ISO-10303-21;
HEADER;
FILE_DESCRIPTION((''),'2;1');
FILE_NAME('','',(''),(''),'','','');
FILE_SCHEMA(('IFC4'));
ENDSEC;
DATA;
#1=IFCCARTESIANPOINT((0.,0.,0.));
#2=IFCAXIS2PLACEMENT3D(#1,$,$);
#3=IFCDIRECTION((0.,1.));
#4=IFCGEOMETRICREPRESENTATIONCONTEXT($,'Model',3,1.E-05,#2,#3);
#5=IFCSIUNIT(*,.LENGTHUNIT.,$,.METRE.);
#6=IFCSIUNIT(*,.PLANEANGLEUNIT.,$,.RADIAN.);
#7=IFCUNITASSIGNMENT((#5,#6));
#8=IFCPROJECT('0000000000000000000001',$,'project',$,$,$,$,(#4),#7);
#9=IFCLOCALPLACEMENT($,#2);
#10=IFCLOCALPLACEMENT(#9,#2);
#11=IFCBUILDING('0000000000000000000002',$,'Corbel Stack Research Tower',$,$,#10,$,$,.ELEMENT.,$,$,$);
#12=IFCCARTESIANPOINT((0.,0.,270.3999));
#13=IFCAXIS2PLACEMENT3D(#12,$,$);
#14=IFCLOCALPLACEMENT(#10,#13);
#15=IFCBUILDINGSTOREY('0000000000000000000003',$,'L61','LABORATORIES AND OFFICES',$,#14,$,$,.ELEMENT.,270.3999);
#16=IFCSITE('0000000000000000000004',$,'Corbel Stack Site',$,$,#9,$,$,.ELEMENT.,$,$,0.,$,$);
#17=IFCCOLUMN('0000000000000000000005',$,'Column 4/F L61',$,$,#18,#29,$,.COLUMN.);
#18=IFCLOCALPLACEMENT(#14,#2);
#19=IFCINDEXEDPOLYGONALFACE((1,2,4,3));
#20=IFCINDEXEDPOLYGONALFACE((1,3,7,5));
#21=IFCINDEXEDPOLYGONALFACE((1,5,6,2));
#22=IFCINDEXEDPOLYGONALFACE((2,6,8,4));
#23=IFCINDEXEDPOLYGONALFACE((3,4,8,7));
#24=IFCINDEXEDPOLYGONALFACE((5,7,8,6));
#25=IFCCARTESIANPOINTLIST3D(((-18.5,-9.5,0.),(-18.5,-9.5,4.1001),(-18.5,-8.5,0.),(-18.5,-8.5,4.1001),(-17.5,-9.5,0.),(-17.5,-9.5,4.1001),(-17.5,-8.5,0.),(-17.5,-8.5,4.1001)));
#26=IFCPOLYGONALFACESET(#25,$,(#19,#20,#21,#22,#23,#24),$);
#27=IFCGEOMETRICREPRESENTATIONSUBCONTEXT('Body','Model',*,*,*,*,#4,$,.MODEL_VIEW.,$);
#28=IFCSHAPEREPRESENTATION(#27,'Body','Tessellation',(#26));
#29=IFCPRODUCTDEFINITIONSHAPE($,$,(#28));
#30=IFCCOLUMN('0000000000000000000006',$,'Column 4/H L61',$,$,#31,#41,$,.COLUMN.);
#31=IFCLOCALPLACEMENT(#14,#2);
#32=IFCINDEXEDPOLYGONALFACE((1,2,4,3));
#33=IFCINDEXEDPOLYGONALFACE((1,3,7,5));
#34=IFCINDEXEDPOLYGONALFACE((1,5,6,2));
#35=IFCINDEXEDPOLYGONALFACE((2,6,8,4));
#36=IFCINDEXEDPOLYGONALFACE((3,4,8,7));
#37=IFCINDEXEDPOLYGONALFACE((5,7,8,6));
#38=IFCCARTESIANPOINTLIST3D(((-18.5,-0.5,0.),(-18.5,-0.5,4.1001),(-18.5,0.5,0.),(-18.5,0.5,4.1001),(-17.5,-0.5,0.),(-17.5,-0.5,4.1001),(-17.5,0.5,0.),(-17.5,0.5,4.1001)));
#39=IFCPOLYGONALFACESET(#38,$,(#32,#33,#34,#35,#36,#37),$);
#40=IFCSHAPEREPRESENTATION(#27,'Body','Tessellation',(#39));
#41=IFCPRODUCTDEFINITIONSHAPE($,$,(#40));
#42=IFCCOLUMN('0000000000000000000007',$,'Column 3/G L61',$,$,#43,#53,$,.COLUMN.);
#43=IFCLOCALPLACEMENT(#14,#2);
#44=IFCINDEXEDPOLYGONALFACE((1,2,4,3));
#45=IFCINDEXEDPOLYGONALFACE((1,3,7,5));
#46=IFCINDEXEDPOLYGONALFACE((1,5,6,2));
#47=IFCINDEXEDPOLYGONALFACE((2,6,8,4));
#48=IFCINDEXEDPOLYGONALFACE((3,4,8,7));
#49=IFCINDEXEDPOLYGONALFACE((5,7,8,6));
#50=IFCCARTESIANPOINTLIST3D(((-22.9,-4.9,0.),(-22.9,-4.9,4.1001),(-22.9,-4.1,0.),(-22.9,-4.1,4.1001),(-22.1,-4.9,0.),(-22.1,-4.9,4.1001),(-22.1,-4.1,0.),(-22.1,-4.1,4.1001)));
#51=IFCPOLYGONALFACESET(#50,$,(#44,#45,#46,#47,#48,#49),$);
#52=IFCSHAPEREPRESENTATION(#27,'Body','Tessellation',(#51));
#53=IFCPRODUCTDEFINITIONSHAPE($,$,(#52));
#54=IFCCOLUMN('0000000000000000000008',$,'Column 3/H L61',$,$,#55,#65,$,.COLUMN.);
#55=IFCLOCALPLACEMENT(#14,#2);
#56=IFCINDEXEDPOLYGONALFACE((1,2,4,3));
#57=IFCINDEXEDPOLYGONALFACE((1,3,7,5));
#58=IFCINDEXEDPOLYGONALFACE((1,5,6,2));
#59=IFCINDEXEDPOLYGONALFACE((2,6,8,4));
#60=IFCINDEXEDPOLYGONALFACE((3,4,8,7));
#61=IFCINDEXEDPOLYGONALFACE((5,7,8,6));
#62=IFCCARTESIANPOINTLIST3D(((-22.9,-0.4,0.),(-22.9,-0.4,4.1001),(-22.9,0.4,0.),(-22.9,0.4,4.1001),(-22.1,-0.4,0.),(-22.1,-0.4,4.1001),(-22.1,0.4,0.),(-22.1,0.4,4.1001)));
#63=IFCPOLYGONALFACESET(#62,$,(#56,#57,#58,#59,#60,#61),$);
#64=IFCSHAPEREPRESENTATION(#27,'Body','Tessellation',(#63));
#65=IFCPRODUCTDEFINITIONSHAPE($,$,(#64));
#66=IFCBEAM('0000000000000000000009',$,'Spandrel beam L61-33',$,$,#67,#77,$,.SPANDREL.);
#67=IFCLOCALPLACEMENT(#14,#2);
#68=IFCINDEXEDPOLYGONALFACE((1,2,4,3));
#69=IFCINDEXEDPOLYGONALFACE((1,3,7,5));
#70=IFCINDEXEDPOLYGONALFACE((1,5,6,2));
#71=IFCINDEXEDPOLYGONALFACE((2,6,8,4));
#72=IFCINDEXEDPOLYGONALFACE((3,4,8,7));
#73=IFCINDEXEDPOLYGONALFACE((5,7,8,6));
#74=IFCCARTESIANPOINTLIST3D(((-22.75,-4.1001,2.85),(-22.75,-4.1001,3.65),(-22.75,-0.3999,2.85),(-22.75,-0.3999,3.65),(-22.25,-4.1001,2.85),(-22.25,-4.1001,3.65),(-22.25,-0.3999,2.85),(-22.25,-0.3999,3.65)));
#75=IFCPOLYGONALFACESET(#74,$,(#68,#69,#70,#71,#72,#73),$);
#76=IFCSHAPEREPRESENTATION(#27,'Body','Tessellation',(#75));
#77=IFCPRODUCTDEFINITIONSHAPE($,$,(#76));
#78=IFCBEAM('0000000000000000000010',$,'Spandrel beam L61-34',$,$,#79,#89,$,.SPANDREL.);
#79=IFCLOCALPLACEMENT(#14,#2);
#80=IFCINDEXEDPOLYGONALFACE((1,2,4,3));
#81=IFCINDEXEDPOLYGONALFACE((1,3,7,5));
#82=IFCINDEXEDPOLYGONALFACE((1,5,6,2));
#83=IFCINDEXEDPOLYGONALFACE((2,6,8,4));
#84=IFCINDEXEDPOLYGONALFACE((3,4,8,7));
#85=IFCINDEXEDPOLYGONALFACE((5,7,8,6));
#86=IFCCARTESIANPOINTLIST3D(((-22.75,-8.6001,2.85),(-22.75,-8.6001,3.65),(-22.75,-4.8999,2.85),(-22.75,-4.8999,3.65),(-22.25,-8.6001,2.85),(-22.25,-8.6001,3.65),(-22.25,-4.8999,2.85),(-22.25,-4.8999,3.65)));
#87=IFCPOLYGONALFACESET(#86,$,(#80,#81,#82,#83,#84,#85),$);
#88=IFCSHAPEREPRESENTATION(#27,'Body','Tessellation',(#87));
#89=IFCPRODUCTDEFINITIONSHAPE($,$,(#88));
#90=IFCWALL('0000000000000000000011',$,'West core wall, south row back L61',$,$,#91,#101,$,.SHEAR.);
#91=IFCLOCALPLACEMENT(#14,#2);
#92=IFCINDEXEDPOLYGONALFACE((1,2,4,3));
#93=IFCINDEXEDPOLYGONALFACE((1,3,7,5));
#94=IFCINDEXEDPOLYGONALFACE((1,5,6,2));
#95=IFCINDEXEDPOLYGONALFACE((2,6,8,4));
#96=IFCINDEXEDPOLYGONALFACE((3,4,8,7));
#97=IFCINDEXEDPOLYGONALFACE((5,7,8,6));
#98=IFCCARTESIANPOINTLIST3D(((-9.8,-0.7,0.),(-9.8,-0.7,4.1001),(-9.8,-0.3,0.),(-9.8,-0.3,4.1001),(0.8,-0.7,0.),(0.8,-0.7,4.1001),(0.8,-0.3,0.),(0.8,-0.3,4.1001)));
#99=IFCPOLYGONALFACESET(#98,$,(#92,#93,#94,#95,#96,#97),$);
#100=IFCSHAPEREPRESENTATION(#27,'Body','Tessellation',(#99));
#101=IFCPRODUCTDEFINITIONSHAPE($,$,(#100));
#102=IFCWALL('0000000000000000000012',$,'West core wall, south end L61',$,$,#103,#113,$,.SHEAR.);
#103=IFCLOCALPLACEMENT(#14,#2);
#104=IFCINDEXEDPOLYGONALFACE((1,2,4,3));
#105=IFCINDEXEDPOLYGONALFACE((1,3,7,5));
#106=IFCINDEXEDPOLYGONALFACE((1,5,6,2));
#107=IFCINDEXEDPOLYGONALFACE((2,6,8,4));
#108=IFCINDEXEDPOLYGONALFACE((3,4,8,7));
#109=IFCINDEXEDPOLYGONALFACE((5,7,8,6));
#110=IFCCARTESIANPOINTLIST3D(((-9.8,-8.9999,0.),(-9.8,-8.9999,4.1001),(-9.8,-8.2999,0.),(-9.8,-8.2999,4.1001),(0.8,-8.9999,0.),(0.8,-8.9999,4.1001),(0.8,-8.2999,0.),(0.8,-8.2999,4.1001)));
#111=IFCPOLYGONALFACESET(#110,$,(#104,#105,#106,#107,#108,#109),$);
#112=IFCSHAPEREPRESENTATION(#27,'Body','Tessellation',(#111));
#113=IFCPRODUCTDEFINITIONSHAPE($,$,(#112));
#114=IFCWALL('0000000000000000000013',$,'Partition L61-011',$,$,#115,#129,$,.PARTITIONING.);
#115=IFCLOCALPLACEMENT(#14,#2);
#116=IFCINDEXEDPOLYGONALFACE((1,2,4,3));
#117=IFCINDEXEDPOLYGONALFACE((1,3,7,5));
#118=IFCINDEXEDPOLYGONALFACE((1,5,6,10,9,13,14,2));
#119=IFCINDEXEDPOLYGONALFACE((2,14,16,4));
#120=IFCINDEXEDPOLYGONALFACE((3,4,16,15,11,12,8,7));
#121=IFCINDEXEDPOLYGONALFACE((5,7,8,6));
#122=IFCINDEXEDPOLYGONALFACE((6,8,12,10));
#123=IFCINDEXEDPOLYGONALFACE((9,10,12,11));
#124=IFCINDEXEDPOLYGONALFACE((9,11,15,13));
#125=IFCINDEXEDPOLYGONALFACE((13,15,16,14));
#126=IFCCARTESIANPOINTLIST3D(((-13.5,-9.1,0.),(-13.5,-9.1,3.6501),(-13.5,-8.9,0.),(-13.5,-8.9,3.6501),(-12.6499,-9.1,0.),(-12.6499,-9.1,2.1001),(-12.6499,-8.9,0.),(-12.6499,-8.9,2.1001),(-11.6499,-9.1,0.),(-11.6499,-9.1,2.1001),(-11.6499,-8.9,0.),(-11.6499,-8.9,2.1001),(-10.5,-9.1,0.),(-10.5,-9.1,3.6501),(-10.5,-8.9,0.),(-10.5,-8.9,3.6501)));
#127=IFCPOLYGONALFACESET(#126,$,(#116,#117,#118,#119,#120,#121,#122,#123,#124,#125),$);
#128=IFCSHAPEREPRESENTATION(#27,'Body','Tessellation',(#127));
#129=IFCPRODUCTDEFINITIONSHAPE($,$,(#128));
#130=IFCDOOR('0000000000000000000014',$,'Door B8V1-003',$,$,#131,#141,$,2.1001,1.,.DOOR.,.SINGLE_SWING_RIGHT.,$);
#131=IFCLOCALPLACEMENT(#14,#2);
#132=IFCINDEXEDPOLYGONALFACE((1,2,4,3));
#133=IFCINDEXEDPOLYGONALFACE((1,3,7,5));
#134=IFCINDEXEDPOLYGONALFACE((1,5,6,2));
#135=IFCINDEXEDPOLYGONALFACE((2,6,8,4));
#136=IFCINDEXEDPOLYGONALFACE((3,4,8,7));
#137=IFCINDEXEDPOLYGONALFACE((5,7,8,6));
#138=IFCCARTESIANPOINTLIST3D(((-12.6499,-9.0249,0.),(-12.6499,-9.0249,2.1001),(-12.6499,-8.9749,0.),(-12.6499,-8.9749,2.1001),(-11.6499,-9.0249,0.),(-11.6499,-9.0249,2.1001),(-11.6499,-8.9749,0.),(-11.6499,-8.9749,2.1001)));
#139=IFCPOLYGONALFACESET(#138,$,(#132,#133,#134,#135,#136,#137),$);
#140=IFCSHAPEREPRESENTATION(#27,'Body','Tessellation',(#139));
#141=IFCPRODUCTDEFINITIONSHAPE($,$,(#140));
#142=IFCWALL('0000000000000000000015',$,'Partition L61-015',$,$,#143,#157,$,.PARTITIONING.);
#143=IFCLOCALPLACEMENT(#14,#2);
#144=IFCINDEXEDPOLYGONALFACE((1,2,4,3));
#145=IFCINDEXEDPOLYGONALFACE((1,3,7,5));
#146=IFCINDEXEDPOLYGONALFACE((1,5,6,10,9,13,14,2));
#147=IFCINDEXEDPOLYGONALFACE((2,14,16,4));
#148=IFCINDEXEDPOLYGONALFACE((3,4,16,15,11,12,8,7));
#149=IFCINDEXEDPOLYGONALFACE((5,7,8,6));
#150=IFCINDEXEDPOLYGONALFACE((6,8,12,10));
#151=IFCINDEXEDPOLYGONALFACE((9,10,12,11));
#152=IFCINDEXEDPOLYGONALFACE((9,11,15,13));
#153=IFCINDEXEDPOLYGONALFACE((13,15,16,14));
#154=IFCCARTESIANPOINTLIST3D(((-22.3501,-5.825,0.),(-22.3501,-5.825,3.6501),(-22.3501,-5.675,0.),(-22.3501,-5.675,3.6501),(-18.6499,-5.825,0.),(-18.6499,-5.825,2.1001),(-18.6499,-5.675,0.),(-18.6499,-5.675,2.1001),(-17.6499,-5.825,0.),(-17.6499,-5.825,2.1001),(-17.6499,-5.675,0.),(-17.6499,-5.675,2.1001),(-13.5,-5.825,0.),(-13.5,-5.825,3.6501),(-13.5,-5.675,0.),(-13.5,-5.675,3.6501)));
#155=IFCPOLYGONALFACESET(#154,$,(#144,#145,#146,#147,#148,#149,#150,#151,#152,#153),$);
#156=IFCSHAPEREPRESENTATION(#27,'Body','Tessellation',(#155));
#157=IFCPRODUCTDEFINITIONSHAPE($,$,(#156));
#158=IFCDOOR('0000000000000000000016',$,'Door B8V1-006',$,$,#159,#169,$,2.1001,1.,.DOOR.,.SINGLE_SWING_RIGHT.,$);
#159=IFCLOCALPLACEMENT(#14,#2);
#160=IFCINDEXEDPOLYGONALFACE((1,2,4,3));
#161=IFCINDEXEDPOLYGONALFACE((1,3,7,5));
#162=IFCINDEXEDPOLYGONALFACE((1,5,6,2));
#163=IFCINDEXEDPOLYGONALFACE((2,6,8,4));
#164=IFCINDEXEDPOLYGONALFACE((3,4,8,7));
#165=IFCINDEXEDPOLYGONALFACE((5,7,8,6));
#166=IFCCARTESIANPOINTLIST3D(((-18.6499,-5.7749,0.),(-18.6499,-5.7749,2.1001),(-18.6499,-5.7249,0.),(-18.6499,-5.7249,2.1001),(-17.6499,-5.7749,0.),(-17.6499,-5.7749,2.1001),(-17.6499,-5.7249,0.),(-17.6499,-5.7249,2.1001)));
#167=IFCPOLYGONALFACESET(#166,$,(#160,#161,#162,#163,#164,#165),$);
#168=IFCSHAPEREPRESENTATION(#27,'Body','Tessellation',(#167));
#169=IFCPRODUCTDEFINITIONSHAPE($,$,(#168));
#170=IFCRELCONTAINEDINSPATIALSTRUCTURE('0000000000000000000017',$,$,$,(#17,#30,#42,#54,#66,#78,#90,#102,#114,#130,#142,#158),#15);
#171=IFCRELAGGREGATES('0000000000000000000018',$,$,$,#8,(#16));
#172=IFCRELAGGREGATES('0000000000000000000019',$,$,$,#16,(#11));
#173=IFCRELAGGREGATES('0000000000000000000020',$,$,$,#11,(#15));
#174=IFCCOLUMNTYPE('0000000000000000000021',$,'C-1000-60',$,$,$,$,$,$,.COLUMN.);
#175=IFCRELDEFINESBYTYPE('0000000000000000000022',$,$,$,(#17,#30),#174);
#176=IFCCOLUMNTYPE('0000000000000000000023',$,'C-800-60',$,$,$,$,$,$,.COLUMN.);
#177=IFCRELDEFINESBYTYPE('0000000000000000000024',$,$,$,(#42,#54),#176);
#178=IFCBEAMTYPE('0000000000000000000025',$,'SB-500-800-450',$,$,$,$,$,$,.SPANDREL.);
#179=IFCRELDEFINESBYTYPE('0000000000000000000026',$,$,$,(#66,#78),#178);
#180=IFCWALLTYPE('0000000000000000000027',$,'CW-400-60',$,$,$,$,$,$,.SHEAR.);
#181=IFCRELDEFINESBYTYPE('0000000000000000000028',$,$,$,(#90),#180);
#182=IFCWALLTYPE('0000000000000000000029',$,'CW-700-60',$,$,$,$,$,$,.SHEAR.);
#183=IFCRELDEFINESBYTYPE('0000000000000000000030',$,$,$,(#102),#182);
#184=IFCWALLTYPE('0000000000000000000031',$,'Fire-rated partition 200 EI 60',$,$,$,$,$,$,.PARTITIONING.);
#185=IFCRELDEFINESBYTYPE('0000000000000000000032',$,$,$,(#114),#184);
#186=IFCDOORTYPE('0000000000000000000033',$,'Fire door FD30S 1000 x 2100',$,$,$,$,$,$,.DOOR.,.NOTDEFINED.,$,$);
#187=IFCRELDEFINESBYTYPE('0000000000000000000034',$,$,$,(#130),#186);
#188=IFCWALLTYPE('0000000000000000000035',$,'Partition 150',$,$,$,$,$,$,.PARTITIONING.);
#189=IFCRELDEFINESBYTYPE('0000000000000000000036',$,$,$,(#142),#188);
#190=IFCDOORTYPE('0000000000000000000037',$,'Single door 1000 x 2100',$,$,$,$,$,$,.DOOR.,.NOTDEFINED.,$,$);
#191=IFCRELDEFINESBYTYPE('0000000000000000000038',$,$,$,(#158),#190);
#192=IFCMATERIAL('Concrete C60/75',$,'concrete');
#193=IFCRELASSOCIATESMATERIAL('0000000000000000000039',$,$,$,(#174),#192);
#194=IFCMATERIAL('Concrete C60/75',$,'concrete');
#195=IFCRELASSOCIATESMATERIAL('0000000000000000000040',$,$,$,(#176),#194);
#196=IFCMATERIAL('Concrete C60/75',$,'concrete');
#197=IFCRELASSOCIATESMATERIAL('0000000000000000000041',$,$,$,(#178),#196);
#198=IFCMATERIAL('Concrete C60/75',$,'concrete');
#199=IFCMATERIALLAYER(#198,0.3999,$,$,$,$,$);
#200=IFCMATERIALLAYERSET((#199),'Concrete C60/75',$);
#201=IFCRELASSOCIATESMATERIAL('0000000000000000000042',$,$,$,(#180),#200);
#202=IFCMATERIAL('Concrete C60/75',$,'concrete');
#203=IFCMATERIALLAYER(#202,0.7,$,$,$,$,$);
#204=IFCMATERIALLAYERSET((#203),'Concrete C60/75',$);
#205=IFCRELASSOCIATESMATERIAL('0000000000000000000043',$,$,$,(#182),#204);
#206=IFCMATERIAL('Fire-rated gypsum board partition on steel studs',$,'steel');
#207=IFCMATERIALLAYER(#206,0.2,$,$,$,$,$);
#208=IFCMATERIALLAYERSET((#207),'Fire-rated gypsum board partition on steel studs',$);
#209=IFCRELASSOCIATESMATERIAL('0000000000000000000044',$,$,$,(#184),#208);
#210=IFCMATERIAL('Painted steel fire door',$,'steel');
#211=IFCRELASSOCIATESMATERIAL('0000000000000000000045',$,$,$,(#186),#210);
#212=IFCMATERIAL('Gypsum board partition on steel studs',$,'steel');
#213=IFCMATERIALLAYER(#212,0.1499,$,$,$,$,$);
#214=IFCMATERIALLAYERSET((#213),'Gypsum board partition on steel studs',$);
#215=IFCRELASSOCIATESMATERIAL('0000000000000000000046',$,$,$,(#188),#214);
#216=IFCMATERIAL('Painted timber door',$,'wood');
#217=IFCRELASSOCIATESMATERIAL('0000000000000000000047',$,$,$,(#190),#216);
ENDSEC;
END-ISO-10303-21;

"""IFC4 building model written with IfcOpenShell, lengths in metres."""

from ifc_helpers import new_model, si_unit, direction, frame, frame_2d, origin, origin_2d, place, context, subcontext, project, spatial, rectangle, extrude, material, layer, layer_set, material_profile, profile_set, type_object, element, fill, save


model = new_model("IFC4")

# Units and contexts
model_context = context("Model", 3, precision=1e-05, world=origin(), true_north=direction((0.0, 1.0)))
body_context = subcontext(model_context, "Body", "Model", "MODEL_VIEW")
ifc_project = project(units=[si_unit("LENGTHUNIT", "METRE"), si_unit("PLANEANGLEUNIT", "RADIAN")], contexts=[model_context])

# Site, building, storey
site_placement = place(None, origin())
site = spatial("IfcSite", under=ifc_project, at=site_placement, Name="Corbel Stack Site", CompositionType="ELEMENT", RefElevation=0.0)
building_placement = place(site_placement, origin())
building = spatial("IfcBuilding", under=site, at=building_placement, Name="Corbel Stack Research Tower", CompositionType="ELEMENT")
storey_placement = place(building_placement, frame((0.0, 0.0, 270.3999)))
storey = spatial("IfcBuildingStorey", under=building, at=storey_placement, Name="L61", Description="LABORATORIES AND OFFICES", CompositionType="ELEMENT", Elevation=270.3999)

# Columns
ifc_material_1 = material(Name="Concrete C60/75", Category="concrete")
ifc_material_profile_1 = material_profile(ifc_material_1, rectangle(XDim=1.0, YDim=1.0, at=origin_2d()), Name="RC 1000 x 1000")
ifc_profile_set_1 = profile_set([ifc_material_profile_1], Name="Concrete C60/75")
column_type_1 = type_object("IfcColumnType", Name="C-1000-60", PredefinedType="COLUMN", material=ifc_profile_set_1)
for number, where, z_axis, x_axis, name in (
    (1, (-18.0, -9.0, 0.0), (0.0, 0.0, 1.0), (1.0, 0.0, 0.0), "Column 4/F L61"),
    (2, (-18.0, 0.0, 0.0), (0.0, 0.0, 1.0), (1.0, 0.0, 0.0), "Column 4/H L61"),
):
    element("IfcColumn", number, at=place(storey_placement, frame(where, z_axis=z_axis, x_axis=x_axis)), inside=storey, type_object=column_type_1, Name=name, PredefinedType="COLUMN", context=body_context, shape_type="SweptSolid", body=[
        extrude(rectangle(XDim=1.0, YDim=1.0, at=origin_2d()), origin(), (0.0, 0.0, 1.0), 4.1001),
    ])
ifc_material_2 = material(Name="Concrete C60/75", Category="concrete")
ifc_material_profile_2 = material_profile(ifc_material_2, rectangle(XDim=0.8, YDim=0.8, at=origin_2d()), Name="RC 800 x 800")
ifc_profile_set_2 = profile_set([ifc_material_profile_2], Name="Concrete C60/75")
column_type_2 = type_object("IfcColumnType", Name="C-800-60", PredefinedType="COLUMN", material=ifc_profile_set_2)
for number, where, z_axis, x_axis, name in (
    (3, (-22.5, -4.5, 0.0), (0.0, 0.0, 1.0), (1.0, 0.0, 0.0), "Column 3/G L61"),
    (4, (-22.5, 0.0, 0.0), (0.0, 0.0, 1.0), (1.0, 0.0, 0.0), "Column 3/H L61"),
):
    element("IfcColumn", number, at=place(storey_placement, frame(where, z_axis=z_axis, x_axis=x_axis)), inside=storey, type_object=column_type_2, Name=name, PredefinedType="COLUMN", context=body_context, shape_type="SweptSolid", body=[
        extrude(rectangle(XDim=0.8, YDim=0.8, at=origin_2d()), origin(), (0.0, 0.0, 1.0), 4.1001),
    ])

# Beams
ifc_material_3 = material(Name="Concrete C60/75", Category="concrete")
ifc_material_profile_3 = material_profile(ifc_material_3, rectangle(XDim=0.5, YDim=0.8, at=origin_2d()), Name="RC 500 x 800")
ifc_profile_set_3 = profile_set([ifc_material_profile_3], Name="Concrete C60/75")
beam_type = type_object("IfcBeamType", Name="SB-500-800-450", PredefinedType="SPANDREL", material=ifc_profile_set_3)
for number, where, z_axis, x_axis, name in (
    (5, (-22.5, -0.3999, 3.25), (0.0, -1.0, 0.0), (1.0, 0.0, 0.0), "Spandrel beam L61-33"),
    (6, (-22.5, -4.8999, 3.25), (0.0, -1.0, 0.0), (1.0, 0.0, 0.0), "Spandrel beam L61-34"),
):
    element("IfcBeam", number, at=place(storey_placement, frame(where, z_axis=z_axis, x_axis=x_axis)), inside=storey, type_object=beam_type, Name=name, PredefinedType="SPANDREL", context=body_context, shape_type="SweptSolid", body=[
        extrude(rectangle(XDim=0.5, YDim=0.8, at=origin_2d()), origin(), (0.0, 0.0, 1.0), 3.7002),
    ])

# Wall
ifc_material_4 = material(Name="Concrete C60/75", Category="concrete")
ifc_layer_1 = layer(ifc_material_4, 0.3999)
ifc_layer_set_1 = layer_set([ifc_layer_1], Name="Concrete C60/75")
wall_type_1 = type_object("IfcWallType", Name="CW-400-60", PredefinedType="SHEAR", material=ifc_layer_set_1)
wall_1_placement = place(storey_placement, frame((-9.8, -0.5, 0.0), z_axis=(0.0, 0.0, 1.0), x_axis=(1.0, 0.0, 0.0)))
element("IfcWall", 7, at=wall_1_placement, inside=storey, type_object=wall_type_1, Name="West core wall, south row back L61", PredefinedType="SHEAR", context=body_context, shape_type="SweptSolid", body=[
    extrude(rectangle(XDim=10.6001, YDim=0.3999, at=frame_2d((5.3, 0.0))), origin(), (0.0, 0.0, 1.0), 4.1001),
])

# Shared definitions
ifc_material_5 = material(Name="Concrete C60/75", Category="concrete")
ifc_layer_2 = layer(ifc_material_5, 0.7)
ifc_layer_set_2 = layer_set([ifc_layer_2], Name="Concrete C60/75")
wall_type_2 = type_object("IfcWallType", Name="CW-700-60", PredefinedType="SHEAR", material=ifc_layer_set_2)

# Wall
wall_2_placement = place(storey_placement, frame((-9.8, -8.6499, 0.0), z_axis=(0.0, 0.0, 1.0), x_axis=(1.0, 0.0, 0.0)))
element("IfcWall", 8, at=wall_2_placement, inside=storey, type_object=wall_type_2, Name="West core wall, south end L61", PredefinedType="SHEAR", context=body_context, shape_type="SweptSolid", body=[
    extrude(rectangle(XDim=10.6001, YDim=0.7, at=frame_2d((5.3, 0.0))), origin(), (0.0, 0.0, 1.0), 4.1001),
])

# Walls, openings, doors
ifc_material_6 = material(Name="Fire-rated gypsum board partition on steel studs", Category="steel")
ifc_layer_3 = layer(ifc_material_6, 0.2)
ifc_layer_set_3 = layer_set([ifc_layer_3], Name="Fire-rated gypsum board partition on steel studs")
wall_type_3 = type_object("IfcWallType", Name="Fire-rated partition 200 EI 60", PredefinedType="PARTITIONING", material=ifc_layer_set_3)
wall_3_placement = place(storey_placement, frame((-10.5, -9.0, 0.0), z_axis=(0.0, 0.0, 1.0), x_axis=(-1.0, 0.0, 0.0)))
wall_3 = element("IfcWall", 9, at=wall_3_placement, inside=storey, type_object=wall_type_3, Name="Partition L61-011", PredefinedType="PARTITIONING", context=body_context, shape_type="SweptSolid", body=[
    extrude(rectangle(XDim=3.0, YDim=0.2, at=frame_2d((1.5, 0.0))), origin(), (0.0, 0.0, 1.0), 3.6501),
])
opening_1_placement = place(wall_3_placement, frame((1.1499, 0.0, 0.0)))
opening_1 = element("IfcOpeningElement", 10, at=opening_1_placement, cuts=wall_3, PredefinedType="OPENING", context=body_context, shape_type="SweptSolid", body=[
    extrude(rectangle(XDim=1.0, YDim=2.1001, at=frame_2d((0.5, 1.05))), frame((0.0, 0.1099, 0.0), z_axis=(0.0, -1.0, 0.0), x_axis=(1.0, 0.0, 0.0)), (0.0, 0.0, 1.0), 0.22),
])
ifc_material_7 = material(Name="Painted steel fire door", Category="steel")
door_type_1 = type_object("IfcDoorType", Name="Fire door FD30S 1000 x 2100", OperationType="NOTDEFINED", PredefinedType="DOOR", material=ifc_material_7)
door_1_placement = place(opening_1_placement, origin())
door_1 = element("IfcDoor", 11, at=door_1_placement, inside=storey, type_object=door_type_1, Name="Door B8V1-003", OperationType="SINGLE_SWING_RIGHT", OverallHeight=2.1001, OverallWidth=1.0, PredefinedType="DOOR", context=body_context, shape_type="SweptSolid", body=[
    extrude(rectangle(XDim=1.0, YDim=2.1001, at=frame_2d((0.5, 1.05))), frame((0.0, 0.0249, 0.0), z_axis=(0.0, -1.0, 0.0), x_axis=(1.0, 0.0, 0.0)), (0.0, 0.0, 1.0), 0.05),
])
fill(opening_1, door_1)
ifc_material_8 = material(Name="Gypsum board partition on steel studs", Category="steel")
ifc_layer_4 = layer(ifc_material_8, 0.1499)
ifc_layer_set_4 = layer_set([ifc_layer_4], Name="Gypsum board partition on steel studs")
wall_type_4 = type_object("IfcWallType", Name="Partition 150", PredefinedType="PARTITIONING", material=ifc_layer_set_4)
wall_4_placement = place(storey_placement, frame((-13.5, -5.75, 0.0), z_axis=(0.0, 0.0, 1.0), x_axis=(-1.0, 0.0, 0.0)))
wall_4 = element("IfcWall", 12, at=wall_4_placement, inside=storey, type_object=wall_type_4, Name="Partition L61-015", PredefinedType="PARTITIONING", context=body_context, shape_type="SweptSolid", body=[
    extrude(rectangle(XDim=8.8501, YDim=0.1499, at=frame_2d((4.425, 0.0))), origin(), (0.0, 0.0, 1.0), 3.6501),
])
opening_2_placement = place(wall_4_placement, frame((4.1499, 0.0, 0.0)))
opening_2 = element("IfcOpeningElement", 13, at=opening_2_placement, cuts=wall_4, PredefinedType="OPENING", context=body_context, shape_type="SweptSolid", body=[
    extrude(rectangle(XDim=1.0, YDim=2.1001, at=frame_2d((0.5, 1.05))), frame((0.0, 0.085, 0.0), z_axis=(0.0, -1.0, 0.0), x_axis=(1.0, 0.0, 0.0)), (0.0, 0.0, 1.0), 0.1699),
])
ifc_material_9 = material(Name="Painted timber door", Category="wood")
door_type_2 = type_object("IfcDoorType", Name="Single door 1000 x 2100", OperationType="NOTDEFINED", PredefinedType="DOOR", material=ifc_material_9)
door_2_placement = place(opening_2_placement, origin())
door_2 = element("IfcDoor", 14, at=door_2_placement, inside=storey, type_object=door_type_2, Name="Door B8V1-006", OperationType="SINGLE_SWING_RIGHT", OverallHeight=2.1001, OverallWidth=1.0, PredefinedType="DOOR", context=body_context, shape_type="SweptSolid", body=[
    extrude(rectangle(XDim=1.0, YDim=2.1001, at=frame_2d((0.5, 1.05))), frame((0.0, 0.0249, 0.0), z_axis=(0.0, -1.0, 0.0), x_axis=(1.0, 0.0, 0.0)), (0.0, 0.0, 1.0), 0.05),
])
fill(opening_2, door_2)

save(model, "model.ifc")
